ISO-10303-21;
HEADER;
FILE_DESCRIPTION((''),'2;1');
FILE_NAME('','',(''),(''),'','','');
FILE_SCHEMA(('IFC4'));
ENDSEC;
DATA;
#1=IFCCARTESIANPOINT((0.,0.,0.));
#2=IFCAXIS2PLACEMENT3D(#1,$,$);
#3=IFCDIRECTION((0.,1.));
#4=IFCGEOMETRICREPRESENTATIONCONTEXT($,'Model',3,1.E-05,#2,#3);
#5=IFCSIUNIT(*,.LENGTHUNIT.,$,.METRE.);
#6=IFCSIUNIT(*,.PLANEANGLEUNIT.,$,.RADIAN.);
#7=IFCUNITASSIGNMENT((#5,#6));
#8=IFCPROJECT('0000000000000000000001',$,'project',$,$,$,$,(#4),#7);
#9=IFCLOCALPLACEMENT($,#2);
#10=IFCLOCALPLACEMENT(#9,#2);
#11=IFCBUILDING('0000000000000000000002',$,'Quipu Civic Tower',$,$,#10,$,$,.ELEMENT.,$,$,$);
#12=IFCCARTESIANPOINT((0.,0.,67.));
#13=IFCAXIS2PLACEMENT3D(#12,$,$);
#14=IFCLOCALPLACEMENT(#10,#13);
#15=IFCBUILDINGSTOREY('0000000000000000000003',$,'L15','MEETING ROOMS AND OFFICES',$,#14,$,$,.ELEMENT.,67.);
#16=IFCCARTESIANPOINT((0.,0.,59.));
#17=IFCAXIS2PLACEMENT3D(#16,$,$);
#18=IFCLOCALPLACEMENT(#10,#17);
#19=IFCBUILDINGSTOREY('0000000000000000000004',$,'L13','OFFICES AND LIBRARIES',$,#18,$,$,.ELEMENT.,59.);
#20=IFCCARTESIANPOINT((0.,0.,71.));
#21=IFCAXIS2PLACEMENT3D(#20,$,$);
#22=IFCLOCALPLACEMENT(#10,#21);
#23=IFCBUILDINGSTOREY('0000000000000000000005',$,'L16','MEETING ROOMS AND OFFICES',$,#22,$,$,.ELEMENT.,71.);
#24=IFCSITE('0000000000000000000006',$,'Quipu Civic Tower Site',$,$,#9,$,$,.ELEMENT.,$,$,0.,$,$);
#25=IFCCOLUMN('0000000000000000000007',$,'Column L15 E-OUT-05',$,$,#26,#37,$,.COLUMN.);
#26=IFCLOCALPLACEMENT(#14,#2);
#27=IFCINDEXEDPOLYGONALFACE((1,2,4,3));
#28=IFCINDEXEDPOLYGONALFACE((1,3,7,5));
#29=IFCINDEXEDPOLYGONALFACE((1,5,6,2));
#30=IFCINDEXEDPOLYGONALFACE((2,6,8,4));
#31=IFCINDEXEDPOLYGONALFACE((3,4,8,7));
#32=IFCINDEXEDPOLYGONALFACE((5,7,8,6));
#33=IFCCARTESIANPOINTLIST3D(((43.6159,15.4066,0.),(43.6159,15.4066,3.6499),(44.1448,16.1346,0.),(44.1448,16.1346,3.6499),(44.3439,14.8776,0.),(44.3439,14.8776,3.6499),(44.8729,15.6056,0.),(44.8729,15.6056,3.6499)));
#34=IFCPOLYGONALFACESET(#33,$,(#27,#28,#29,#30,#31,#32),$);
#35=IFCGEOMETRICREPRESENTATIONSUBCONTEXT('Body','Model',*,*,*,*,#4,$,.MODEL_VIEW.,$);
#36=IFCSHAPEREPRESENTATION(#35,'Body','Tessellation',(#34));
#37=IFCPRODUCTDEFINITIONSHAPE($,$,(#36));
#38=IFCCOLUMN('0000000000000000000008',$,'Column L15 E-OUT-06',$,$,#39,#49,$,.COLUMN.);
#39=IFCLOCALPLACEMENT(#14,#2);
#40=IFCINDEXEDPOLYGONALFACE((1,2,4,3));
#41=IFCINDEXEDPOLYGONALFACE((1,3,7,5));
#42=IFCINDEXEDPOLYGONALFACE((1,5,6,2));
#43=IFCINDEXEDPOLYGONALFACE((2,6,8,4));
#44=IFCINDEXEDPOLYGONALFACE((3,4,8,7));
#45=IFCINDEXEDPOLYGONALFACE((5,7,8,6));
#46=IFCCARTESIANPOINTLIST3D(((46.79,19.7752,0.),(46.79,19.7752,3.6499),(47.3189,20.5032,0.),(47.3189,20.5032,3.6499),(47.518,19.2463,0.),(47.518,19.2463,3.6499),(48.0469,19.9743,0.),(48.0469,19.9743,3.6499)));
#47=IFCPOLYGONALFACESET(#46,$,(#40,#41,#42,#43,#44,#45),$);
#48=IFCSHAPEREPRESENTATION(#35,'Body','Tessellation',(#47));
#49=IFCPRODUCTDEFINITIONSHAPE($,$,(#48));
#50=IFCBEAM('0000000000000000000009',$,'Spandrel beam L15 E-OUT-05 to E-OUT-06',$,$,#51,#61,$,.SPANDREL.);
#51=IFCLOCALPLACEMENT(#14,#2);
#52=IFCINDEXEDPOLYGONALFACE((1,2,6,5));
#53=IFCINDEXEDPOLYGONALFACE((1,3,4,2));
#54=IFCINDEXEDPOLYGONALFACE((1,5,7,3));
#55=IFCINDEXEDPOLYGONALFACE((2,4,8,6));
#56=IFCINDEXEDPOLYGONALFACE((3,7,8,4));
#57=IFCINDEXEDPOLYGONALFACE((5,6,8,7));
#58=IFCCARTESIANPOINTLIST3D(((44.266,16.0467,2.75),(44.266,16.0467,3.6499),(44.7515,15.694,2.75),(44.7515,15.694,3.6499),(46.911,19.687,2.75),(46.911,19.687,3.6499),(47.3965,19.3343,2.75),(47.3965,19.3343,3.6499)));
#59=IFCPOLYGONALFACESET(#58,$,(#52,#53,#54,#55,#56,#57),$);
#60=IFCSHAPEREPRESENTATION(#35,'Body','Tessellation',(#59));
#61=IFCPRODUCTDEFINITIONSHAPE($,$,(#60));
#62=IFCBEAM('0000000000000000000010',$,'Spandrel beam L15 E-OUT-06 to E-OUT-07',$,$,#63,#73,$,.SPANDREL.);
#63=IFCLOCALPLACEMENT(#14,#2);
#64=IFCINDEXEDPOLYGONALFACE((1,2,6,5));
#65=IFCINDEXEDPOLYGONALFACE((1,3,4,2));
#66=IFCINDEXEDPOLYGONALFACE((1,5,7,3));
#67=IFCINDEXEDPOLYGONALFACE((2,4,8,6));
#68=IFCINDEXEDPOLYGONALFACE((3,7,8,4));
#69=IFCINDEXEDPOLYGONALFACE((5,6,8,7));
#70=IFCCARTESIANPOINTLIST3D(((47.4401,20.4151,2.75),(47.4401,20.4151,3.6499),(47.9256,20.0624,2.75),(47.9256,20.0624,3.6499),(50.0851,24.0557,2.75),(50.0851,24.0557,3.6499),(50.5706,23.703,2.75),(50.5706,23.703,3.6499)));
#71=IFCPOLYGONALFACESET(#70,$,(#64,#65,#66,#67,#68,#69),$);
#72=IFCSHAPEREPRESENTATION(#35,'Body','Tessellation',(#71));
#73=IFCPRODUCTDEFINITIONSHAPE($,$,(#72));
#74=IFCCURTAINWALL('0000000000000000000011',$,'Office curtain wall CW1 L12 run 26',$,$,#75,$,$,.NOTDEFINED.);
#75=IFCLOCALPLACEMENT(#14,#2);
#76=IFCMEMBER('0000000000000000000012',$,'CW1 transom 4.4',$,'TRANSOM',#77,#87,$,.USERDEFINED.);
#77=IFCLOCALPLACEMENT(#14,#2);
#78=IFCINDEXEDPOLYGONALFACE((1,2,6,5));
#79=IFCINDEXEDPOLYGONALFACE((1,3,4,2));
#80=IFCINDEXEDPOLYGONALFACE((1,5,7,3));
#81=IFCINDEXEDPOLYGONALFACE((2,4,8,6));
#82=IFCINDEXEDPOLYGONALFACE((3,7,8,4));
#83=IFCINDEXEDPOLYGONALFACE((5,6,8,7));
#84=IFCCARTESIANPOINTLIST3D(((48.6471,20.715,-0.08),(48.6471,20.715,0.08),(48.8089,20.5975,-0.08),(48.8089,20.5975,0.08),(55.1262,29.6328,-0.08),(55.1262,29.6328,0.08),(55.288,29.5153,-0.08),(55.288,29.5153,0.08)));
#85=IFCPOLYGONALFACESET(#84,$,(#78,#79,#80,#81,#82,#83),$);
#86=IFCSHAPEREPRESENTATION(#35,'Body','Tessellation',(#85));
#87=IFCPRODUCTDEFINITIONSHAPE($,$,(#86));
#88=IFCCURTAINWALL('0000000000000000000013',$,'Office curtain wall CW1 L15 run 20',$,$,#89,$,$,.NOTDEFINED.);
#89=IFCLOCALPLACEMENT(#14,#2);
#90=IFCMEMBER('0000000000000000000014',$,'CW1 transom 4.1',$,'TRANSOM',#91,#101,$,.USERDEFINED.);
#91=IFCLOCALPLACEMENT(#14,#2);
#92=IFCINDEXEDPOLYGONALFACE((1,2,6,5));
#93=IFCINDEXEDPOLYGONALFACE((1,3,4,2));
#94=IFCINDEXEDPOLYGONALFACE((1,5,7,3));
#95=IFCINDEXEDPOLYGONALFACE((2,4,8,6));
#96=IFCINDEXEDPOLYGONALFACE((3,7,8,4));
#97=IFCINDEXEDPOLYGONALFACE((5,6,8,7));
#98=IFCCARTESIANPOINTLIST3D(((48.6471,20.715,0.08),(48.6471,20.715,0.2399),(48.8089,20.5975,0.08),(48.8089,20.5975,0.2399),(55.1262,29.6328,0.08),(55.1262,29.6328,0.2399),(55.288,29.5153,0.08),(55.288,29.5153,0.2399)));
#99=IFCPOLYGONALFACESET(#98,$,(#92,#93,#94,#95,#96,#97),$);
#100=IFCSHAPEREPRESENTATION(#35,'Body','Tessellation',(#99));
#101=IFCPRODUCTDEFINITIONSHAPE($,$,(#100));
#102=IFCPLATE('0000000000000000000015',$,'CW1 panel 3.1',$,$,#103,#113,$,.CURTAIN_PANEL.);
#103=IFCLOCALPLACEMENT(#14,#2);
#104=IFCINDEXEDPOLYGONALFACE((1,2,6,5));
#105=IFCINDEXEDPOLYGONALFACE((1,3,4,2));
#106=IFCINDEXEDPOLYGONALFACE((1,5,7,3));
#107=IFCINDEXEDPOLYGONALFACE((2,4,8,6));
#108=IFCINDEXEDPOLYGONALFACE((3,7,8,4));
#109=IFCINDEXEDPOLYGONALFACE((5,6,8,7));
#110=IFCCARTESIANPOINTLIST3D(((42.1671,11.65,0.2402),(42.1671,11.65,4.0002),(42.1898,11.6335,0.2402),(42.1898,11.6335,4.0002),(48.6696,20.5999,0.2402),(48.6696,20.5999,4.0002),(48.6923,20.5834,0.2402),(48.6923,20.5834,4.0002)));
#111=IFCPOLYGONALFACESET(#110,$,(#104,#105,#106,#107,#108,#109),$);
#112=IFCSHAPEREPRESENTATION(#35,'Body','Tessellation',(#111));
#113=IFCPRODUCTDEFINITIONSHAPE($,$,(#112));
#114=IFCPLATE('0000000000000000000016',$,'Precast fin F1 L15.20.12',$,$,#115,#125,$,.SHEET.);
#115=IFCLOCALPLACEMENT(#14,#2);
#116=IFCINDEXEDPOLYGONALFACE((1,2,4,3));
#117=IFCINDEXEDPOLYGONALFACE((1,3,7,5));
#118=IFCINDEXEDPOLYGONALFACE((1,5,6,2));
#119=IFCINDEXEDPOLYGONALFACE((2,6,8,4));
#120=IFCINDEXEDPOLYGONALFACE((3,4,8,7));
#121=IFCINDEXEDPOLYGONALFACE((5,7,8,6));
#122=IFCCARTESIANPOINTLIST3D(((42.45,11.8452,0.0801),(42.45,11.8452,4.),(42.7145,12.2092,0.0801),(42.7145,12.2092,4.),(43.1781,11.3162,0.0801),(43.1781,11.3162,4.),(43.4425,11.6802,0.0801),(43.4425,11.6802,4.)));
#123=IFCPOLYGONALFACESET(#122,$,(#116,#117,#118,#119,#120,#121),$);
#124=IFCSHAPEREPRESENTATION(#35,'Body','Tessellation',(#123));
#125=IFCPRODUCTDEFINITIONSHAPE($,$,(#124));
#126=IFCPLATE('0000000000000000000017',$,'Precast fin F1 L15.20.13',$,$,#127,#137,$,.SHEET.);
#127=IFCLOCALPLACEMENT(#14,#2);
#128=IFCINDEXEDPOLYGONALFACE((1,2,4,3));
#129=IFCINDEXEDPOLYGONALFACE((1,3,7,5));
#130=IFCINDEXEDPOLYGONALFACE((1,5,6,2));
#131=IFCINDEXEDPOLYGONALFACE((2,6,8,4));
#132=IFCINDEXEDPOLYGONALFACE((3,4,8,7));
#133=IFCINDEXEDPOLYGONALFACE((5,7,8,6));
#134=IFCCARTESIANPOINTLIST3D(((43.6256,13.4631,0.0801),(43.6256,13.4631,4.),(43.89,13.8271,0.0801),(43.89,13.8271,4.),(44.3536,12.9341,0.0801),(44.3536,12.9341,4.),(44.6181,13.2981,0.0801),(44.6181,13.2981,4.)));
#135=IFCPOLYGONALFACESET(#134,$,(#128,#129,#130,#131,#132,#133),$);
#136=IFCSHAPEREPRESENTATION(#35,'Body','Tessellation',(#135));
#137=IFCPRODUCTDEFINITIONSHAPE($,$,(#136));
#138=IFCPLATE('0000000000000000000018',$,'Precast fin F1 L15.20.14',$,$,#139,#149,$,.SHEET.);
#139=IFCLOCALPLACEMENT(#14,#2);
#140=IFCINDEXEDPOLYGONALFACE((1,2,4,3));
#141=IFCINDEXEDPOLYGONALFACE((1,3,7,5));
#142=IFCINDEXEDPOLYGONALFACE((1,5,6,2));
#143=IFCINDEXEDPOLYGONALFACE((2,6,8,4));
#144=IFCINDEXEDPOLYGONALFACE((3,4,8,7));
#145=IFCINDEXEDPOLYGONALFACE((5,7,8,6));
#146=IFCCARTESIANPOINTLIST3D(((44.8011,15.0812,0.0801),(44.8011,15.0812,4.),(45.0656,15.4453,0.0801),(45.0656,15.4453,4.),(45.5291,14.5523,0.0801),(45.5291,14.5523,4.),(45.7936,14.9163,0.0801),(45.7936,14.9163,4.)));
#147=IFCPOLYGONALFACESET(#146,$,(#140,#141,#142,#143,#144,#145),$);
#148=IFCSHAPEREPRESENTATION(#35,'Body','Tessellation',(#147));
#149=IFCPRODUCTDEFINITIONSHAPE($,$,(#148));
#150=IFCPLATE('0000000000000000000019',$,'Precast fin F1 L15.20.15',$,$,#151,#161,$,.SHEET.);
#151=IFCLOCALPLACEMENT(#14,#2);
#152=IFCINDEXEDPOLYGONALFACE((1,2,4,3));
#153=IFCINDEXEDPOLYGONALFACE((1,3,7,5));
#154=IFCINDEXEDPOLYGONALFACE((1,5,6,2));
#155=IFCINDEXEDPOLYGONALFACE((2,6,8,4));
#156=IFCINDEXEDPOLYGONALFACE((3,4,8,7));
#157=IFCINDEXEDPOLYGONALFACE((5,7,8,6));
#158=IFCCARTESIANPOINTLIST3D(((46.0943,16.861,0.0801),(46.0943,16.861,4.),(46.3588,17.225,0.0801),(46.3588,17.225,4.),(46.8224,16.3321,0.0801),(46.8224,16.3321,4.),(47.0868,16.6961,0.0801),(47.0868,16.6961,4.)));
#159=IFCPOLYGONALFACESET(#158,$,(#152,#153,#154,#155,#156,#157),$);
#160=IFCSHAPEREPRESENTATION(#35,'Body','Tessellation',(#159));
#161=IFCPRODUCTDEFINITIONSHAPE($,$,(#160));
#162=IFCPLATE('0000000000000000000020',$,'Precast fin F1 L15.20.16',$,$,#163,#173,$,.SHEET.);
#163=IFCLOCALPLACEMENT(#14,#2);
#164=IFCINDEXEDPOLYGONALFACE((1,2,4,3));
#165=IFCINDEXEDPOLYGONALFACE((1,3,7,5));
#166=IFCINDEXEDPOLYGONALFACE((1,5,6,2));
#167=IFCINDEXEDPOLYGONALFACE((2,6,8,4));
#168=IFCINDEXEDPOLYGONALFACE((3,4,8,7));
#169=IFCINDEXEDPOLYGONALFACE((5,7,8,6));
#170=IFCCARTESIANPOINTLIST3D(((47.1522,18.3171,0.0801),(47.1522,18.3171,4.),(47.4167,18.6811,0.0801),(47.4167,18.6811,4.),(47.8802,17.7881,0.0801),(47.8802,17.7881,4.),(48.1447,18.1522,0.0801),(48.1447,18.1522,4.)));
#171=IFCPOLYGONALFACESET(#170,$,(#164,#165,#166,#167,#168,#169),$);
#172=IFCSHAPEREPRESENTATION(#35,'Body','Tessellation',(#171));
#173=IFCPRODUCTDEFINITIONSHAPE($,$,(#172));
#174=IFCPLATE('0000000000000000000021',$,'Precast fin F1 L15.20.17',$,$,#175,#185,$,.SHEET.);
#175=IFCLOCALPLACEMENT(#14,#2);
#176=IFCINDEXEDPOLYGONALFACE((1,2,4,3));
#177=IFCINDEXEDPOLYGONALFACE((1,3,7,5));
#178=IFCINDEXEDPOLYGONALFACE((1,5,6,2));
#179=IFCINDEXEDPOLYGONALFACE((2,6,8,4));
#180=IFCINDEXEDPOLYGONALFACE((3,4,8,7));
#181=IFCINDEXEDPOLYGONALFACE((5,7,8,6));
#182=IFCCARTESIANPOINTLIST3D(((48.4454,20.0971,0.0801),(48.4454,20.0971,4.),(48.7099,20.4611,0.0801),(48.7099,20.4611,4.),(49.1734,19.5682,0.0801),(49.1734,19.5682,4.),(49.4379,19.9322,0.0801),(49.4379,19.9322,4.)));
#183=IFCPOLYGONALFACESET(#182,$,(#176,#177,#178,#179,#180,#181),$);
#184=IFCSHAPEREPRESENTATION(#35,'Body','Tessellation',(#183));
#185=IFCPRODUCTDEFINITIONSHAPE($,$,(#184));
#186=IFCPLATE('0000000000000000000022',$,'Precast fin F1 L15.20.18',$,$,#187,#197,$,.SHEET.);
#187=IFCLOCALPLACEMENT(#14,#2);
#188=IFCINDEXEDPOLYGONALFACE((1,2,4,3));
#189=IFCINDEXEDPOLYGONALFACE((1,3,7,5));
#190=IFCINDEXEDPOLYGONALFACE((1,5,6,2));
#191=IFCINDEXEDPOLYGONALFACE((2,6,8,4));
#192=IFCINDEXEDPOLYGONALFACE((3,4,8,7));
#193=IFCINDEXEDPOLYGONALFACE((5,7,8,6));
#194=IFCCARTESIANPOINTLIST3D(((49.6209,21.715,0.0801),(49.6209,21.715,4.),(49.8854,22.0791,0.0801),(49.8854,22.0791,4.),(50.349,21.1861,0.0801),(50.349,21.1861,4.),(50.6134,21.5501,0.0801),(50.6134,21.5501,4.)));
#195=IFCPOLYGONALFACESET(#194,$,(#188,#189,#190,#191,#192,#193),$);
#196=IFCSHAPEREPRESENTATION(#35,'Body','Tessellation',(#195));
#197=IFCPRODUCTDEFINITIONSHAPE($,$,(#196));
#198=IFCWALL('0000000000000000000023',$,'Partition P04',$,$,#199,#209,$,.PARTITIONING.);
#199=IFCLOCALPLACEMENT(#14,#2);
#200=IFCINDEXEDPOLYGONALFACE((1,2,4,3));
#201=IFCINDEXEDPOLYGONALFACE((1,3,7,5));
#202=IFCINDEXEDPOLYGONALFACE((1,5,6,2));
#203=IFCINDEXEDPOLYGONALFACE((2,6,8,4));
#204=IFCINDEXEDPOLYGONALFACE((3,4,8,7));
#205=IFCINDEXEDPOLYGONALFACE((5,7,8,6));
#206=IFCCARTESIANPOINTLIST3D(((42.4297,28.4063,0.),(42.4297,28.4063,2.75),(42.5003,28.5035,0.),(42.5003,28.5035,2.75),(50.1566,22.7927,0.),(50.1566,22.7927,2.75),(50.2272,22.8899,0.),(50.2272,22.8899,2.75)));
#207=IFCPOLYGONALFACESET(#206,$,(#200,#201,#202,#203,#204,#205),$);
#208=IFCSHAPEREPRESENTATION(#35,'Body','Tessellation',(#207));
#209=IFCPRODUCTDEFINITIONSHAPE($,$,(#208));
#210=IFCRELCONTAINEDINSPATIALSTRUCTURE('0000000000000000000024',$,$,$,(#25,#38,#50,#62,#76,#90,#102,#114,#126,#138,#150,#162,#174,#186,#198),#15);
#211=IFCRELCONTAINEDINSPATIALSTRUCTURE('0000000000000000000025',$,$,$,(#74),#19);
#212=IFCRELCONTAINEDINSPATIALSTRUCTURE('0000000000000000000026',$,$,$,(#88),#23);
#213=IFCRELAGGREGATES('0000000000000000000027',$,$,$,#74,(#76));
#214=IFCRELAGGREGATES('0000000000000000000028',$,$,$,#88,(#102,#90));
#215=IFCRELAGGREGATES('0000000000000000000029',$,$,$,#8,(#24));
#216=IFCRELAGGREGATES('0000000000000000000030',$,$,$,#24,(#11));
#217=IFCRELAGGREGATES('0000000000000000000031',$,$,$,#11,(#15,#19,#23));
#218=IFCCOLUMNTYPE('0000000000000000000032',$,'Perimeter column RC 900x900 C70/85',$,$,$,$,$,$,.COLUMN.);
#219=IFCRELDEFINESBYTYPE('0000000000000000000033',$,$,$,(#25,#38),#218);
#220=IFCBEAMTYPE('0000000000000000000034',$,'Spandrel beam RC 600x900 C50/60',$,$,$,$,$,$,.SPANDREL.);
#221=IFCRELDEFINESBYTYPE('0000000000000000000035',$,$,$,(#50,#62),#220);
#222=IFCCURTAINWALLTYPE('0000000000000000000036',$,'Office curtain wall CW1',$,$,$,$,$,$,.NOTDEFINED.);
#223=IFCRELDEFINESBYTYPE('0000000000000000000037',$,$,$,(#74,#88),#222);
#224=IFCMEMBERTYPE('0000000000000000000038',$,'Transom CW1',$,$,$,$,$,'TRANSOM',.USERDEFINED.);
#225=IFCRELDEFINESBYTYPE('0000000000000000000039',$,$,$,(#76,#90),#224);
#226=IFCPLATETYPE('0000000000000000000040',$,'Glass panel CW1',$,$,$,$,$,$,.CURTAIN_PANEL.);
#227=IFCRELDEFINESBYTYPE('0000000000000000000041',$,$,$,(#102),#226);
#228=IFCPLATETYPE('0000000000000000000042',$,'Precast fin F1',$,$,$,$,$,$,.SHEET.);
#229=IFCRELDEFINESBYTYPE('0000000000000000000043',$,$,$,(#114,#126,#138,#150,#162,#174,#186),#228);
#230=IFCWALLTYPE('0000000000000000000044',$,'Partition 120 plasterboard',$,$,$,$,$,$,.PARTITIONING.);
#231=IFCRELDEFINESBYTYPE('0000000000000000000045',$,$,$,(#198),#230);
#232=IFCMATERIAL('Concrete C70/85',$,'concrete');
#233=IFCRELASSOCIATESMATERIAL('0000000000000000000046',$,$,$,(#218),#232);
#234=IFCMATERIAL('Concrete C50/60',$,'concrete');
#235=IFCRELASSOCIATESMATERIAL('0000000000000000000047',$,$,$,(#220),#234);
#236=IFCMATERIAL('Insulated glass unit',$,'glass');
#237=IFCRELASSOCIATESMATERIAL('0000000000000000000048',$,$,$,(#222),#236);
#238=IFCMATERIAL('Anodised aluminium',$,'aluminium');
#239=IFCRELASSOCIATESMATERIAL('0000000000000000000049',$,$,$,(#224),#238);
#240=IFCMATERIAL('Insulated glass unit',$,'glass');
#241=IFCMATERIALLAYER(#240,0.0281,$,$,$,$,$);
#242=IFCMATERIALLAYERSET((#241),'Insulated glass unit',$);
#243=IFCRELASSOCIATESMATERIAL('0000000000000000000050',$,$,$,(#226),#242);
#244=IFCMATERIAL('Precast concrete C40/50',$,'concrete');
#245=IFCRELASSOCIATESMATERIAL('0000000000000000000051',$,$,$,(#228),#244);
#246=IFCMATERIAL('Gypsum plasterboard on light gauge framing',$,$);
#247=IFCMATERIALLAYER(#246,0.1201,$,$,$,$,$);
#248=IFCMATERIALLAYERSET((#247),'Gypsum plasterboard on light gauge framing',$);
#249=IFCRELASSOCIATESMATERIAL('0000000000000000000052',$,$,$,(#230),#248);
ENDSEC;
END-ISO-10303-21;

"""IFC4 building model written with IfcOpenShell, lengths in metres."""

from ifc_helpers import new_model, si_unit, direction, frame, frame_2d, origin, origin_2d, place, context, subcontext, project, spatial, rectangle, extrude, material, layer, layer_set, material_profile, profile_set, type_object, element, aggregate, save


model = new_model("IFC4")

# Units and contexts
model_context = context("Model", 3, precision=1e-05, world=origin(), true_north=direction((0.0, 1.0)))
body_context = subcontext(model_context, "Body", "Model", "MODEL_VIEW")
ifc_project = project(units=[si_unit("LENGTHUNIT", "METRE"), si_unit("PLANEANGLEUNIT", "RADIAN")], contexts=[model_context])

# Site, building, storey
site_placement = place(None, origin())
site = spatial("IfcSite", under=ifc_project, at=site_placement, Name="Quipu Civic Tower Site", CompositionType="ELEMENT", RefElevation=0.0)
building_placement = place(site_placement, origin())
building = spatial("IfcBuilding", under=site, at=building_placement, Name="Quipu Civic Tower", CompositionType="ELEMENT")
storey_1_placement = place(building_placement, frame((0.0, 0.0, 67.0)))
storey_1 = spatial("IfcBuildingStorey", under=building, at=storey_1_placement, Name="L15", Description="MEETING ROOMS AND OFFICES", CompositionType="ELEMENT", Elevation=67.0)

# Columns
ifc_material_1 = material(Name="Concrete C70/85", Category="concrete")
ifc_material_profile_1 = material_profile(ifc_material_1, rectangle(XDim=0.8999, YDim=0.8999, at=origin_2d()), Name="RC900x900")
ifc_profile_set_1 = profile_set([ifc_material_profile_1], Name="Concrete C70/85")
column_type = type_object("IfcColumnType", Name="Perimeter column RC 900x900 C70/85", PredefinedType="COLUMN", material=ifc_profile_set_1)
for number, where, z_axis, x_axis, name in (
    (1, (44.2444, 15.5061, 0.0), (0.0, 0.0, 1.0), (0.587785, 0.809017, 0.0), "Column L15 E-OUT-05"),
    (2, (47.4185, 19.8748, 0.0), (0.0, 0.0, 1.0), (0.587785, 0.809017, 0.0), "Column L15 E-OUT-06"),
):
    element("IfcColumn", number, at=place(storey_1_placement, frame(where, z_axis=z_axis, x_axis=x_axis)), inside=storey_1, type_object=column_type, Name=name, PredefinedType="COLUMN", context=body_context, shape_type="SweptSolid", body=[
        extrude(rectangle(XDim=0.8999, YDim=0.8999, at=origin_2d()), origin(), (0.0, 0.0, 1.0), 3.6499),
    ])

# Beams
ifc_material_2 = material(Name="Concrete C50/60", Category="concrete")
ifc_material_profile_2 = material_profile(ifc_material_2, rectangle(XDim=0.6001, YDim=0.8999, at=origin_2d()), Name="RC600x900")
ifc_profile_set_2 = profile_set([ifc_material_profile_2], Name="Concrete C50/60")
beam_type = type_object("IfcBeamType", Name="Spandrel beam RC 600x900 C50/60", PredefinedType="SPANDREL", material=ifc_profile_set_2)
beam_1_placement = place(storey_1_placement, frame((44.5088, 15.8704, 3.2), z_axis=(0.587804, 0.809003, 0.0), x_axis=(-0.809003, 0.587804, 0.0)))
element("IfcBeam", 3, at=beam_1_placement, inside=storey_1, type_object=beam_type, Name="Spandrel beam L15 E-OUT-05 to E-OUT-06", PredefinedType="SPANDREL", context=body_context, shape_type="SweptSolid", body=[
    extrude(rectangle(XDim=0.6001, YDim=0.8999, at=origin_2d()), origin(), (0.0, 0.0, 1.0), 4.4998),
])
beam_2_placement = place(storey_1_placement, frame((47.6829, 20.2388, 3.2), z_axis=(0.587778, 0.809022, 0.0), x_axis=(-0.809022, 0.587778, 0.0)))
element("IfcBeam", 4, at=beam_2_placement, inside=storey_1, type_object=beam_type, Name="Spandrel beam L15 E-OUT-06 to E-OUT-07", PredefinedType="SPANDREL", context=body_context, shape_type="SweptSolid", body=[
    extrude(rectangle(XDim=0.6001, YDim=0.8999, at=origin_2d()), origin(), (0.0, 0.0, 1.0), 4.5),
])

# Shared definitions
storey_2_placement = place(building_placement, frame((0.0, 0.0, 59.0)))
storey_2 = spatial("IfcBuildingStorey", under=building, at=storey_2_placement, Name="L13", Description="OFFICES AND LIBRARIES", CompositionType="ELEMENT", Elevation=59.0)

# Curtain wall, member
ifc_material_3 = material(Name="Insulated glass unit", Category="glass")
curtain_wall_type = type_object("IfcCurtainWallType", Name="Office curtain wall CW1", PredefinedType="NOTDEFINED", material=ifc_material_3)
curtain_wall_1_placement = place(storey_2_placement, origin())
curtain_wall_1 = element("IfcCurtainWall", 5, at=curtain_wall_1_placement, inside=storey_2, type_object=curtain_wall_type, Name="Office curtain wall CW1 L12 run 26", PredefinedType="NOTDEFINED")
ifc_material_4 = material(Name="Anodised aluminium", Category="aluminium")
ifc_material_profile_3 = material_profile(ifc_material_4, rectangle(XDim=0.2, YDim=0.1599, at=origin_2d()), Name="RECT 200x160")
ifc_profile_set_3 = profile_set([ifc_material_profile_3], Name="Anodised aluminium")
member_type = type_object("IfcMemberType", Name="Transom CW1", ElementType="TRANSOM", PredefinedType="USERDEFINED", material=ifc_profile_set_3)
member_1_placement = place(storey_1_placement, frame((48.728, 20.6562, 0.0), z_axis=(0.587779, 0.809021, 0.0), x_axis=(-0.809021, 0.587779, 0.0)))
member_1 = element("IfcMember", 6, at=member_1_placement, inside=storey_1, type_object=member_type, Name="CW1 transom 4.4", ObjectType="TRANSOM", PredefinedType="USERDEFINED", context=body_context, shape_type="SweptSolid", body=[
    extrude(rectangle(XDim=0.2, YDim=0.1599, at=origin_2d()), origin(), (0.0, 0.0, 1.0), 11.0229),
])
aggregate(curtain_wall_1, [member_1])

# Shared definitions
storey_3_placement = place(building_placement, frame((0.0, 0.0, 71.0)))
storey_3 = spatial("IfcBuildingStorey", under=building, at=storey_3_placement, Name="L16", Description="MEETING ROOMS AND OFFICES", CompositionType="ELEMENT", Elevation=71.0)

# Curtain wall, member, plate
curtain_wall_2_placement = place(storey_3_placement, origin())
curtain_wall_2 = element("IfcCurtainWall", 7, at=curtain_wall_2_placement, inside=storey_3, type_object=curtain_wall_type, Name="Office curtain wall CW1 L15 run 20", PredefinedType="NOTDEFINED")
member_2_placement = place(storey_1_placement, frame((48.728, 20.6562, 0.1599), z_axis=(0.587779, 0.809021, 0.0), x_axis=(-0.809021, 0.587779, 0.0)))
member_2 = element("IfcMember", 8, at=member_2_placement, inside=storey_1, type_object=member_type, Name="CW1 transom 4.1", ObjectType="TRANSOM", PredefinedType="USERDEFINED", context=body_context, shape_type="SweptSolid", body=[
    extrude(rectangle(XDim=0.2, YDim=0.1599, at=origin_2d()), origin(), (0.0, 0.0, 1.0), 11.0229),
])
ifc_material_5 = material(Name="Insulated glass unit", Category="glass")
ifc_layer_1 = layer(ifc_material_5, 0.0281)
ifc_layer_set_1 = layer_set([ifc_layer_1], Name="Insulated glass unit")
plate_type_1 = type_object("IfcPlateType", Name="Glass panel CW1", PredefinedType="CURTAIN_PANEL", material=ifc_layer_set_1)
plate_placement = place(storey_1_placement, frame((45.4297, 16.1167, 0.2402), z_axis=(0.0, 0.0, 1.0), x_axis=(0.587786, 0.809017, 0.0)))
plate = element("IfcPlate", 9, at=plate_placement, inside=storey_1, type_object=plate_type_1, Name="CW1 panel 3.1", PredefinedType="CURTAIN_PANEL", context=body_context, shape_type="SweptSolid", body=[
    extrude(rectangle(XDim=11.0627, YDim=0.0281, at=origin_2d()), origin(), (0.0, 0.0, 1.0), 3.76),
])
aggregate(curtain_wall_2, [plate, member_2])

# Plates
ifc_material_6 = material(Name="Precast concrete C40/50", Category="concrete")
plate_type_2 = type_object("IfcPlateType", Name="Precast fin F1", PredefinedType="SHEET", material=ifc_material_6)
for number, where, z_axis, x_axis, name in (
    (10, (42.9463, 11.7627, 0.0801), (0.0, 0.0, 1.0), (0.587786, 0.809017, 0.0), "Precast fin F1 L15.20.12"),
    (11, (44.1218, 13.3806, 0.0801), (0.0, 0.0, 1.0), (0.587786, 0.809017, 0.0), "Precast fin F1 L15.20.13"),
    (12, (45.2974, 14.9988, 0.0801), (0.0, 0.0, 1.0), (0.587786, 0.809017, 0.0), "Precast fin F1 L15.20.14"),
    (13, (46.5906, 16.7786, 0.0801), (0.0, 0.0, 1.0), (0.587786, 0.809017, 0.0), "Precast fin F1 L15.20.15"),
    (14, (47.6484, 18.2346, 0.0801), (0.0, 0.0, 1.0), (0.587786, 0.809017, 0.0), "Precast fin F1 L15.20.16"),
    (15, (48.9417, 20.0146, 0.0801), (0.0, 0.0, 1.0), (0.587786, 0.809017, 0.0), "Precast fin F1 L15.20.17"),
    (16, (50.1172, 21.6326, 0.0801), (0.0, 0.0, 1.0), (0.587786, 0.809017, 0.0), "Precast fin F1 L15.20.18"),
):
    element("IfcPlate", number, at=place(storey_1_placement, frame(where, z_axis=z_axis, x_axis=x_axis)), inside=storey_1, type_object=plate_type_2, Name=name, PredefinedType="SHEET", context=body_context, shape_type="SweptSolid", body=[
        extrude(rectangle(XDim=0.45, YDim=0.8999, at=origin_2d()), origin(), (0.0, 0.0, 1.0), 3.9199),
    ])

# Wall
ifc_material_7 = material(Name="Gypsum plasterboard on light gauge framing")
ifc_layer_2 = layer(ifc_material_7, 0.1201)
ifc_layer_set_2 = layer_set([ifc_layer_2], Name="Gypsum plasterboard on light gauge framing")
wall_type = type_object("IfcWallType", Name="Partition 120 plasterboard", PredefinedType="PARTITIONING", material=ifc_layer_set_2)
wall_placement = place(storey_1_placement, frame((50.1919, 22.8413, 0.0), z_axis=(0.0, 0.0, 1.0), x_axis=(-0.809033, 0.587763, 0.0)))
element("IfcWall", 17, at=wall_placement, inside=storey_1, type_object=wall_type, Name="Partition P04", PredefinedType="PARTITIONING", context=body_context, shape_type="SweptSolid", body=[
    extrude(rectangle(XDim=9.5508, YDim=0.1201, at=frame_2d((4.7754, 0.0))), origin(), (0.0, 0.0, 1.0), 2.75),
])

save(model, "model.ifc")
